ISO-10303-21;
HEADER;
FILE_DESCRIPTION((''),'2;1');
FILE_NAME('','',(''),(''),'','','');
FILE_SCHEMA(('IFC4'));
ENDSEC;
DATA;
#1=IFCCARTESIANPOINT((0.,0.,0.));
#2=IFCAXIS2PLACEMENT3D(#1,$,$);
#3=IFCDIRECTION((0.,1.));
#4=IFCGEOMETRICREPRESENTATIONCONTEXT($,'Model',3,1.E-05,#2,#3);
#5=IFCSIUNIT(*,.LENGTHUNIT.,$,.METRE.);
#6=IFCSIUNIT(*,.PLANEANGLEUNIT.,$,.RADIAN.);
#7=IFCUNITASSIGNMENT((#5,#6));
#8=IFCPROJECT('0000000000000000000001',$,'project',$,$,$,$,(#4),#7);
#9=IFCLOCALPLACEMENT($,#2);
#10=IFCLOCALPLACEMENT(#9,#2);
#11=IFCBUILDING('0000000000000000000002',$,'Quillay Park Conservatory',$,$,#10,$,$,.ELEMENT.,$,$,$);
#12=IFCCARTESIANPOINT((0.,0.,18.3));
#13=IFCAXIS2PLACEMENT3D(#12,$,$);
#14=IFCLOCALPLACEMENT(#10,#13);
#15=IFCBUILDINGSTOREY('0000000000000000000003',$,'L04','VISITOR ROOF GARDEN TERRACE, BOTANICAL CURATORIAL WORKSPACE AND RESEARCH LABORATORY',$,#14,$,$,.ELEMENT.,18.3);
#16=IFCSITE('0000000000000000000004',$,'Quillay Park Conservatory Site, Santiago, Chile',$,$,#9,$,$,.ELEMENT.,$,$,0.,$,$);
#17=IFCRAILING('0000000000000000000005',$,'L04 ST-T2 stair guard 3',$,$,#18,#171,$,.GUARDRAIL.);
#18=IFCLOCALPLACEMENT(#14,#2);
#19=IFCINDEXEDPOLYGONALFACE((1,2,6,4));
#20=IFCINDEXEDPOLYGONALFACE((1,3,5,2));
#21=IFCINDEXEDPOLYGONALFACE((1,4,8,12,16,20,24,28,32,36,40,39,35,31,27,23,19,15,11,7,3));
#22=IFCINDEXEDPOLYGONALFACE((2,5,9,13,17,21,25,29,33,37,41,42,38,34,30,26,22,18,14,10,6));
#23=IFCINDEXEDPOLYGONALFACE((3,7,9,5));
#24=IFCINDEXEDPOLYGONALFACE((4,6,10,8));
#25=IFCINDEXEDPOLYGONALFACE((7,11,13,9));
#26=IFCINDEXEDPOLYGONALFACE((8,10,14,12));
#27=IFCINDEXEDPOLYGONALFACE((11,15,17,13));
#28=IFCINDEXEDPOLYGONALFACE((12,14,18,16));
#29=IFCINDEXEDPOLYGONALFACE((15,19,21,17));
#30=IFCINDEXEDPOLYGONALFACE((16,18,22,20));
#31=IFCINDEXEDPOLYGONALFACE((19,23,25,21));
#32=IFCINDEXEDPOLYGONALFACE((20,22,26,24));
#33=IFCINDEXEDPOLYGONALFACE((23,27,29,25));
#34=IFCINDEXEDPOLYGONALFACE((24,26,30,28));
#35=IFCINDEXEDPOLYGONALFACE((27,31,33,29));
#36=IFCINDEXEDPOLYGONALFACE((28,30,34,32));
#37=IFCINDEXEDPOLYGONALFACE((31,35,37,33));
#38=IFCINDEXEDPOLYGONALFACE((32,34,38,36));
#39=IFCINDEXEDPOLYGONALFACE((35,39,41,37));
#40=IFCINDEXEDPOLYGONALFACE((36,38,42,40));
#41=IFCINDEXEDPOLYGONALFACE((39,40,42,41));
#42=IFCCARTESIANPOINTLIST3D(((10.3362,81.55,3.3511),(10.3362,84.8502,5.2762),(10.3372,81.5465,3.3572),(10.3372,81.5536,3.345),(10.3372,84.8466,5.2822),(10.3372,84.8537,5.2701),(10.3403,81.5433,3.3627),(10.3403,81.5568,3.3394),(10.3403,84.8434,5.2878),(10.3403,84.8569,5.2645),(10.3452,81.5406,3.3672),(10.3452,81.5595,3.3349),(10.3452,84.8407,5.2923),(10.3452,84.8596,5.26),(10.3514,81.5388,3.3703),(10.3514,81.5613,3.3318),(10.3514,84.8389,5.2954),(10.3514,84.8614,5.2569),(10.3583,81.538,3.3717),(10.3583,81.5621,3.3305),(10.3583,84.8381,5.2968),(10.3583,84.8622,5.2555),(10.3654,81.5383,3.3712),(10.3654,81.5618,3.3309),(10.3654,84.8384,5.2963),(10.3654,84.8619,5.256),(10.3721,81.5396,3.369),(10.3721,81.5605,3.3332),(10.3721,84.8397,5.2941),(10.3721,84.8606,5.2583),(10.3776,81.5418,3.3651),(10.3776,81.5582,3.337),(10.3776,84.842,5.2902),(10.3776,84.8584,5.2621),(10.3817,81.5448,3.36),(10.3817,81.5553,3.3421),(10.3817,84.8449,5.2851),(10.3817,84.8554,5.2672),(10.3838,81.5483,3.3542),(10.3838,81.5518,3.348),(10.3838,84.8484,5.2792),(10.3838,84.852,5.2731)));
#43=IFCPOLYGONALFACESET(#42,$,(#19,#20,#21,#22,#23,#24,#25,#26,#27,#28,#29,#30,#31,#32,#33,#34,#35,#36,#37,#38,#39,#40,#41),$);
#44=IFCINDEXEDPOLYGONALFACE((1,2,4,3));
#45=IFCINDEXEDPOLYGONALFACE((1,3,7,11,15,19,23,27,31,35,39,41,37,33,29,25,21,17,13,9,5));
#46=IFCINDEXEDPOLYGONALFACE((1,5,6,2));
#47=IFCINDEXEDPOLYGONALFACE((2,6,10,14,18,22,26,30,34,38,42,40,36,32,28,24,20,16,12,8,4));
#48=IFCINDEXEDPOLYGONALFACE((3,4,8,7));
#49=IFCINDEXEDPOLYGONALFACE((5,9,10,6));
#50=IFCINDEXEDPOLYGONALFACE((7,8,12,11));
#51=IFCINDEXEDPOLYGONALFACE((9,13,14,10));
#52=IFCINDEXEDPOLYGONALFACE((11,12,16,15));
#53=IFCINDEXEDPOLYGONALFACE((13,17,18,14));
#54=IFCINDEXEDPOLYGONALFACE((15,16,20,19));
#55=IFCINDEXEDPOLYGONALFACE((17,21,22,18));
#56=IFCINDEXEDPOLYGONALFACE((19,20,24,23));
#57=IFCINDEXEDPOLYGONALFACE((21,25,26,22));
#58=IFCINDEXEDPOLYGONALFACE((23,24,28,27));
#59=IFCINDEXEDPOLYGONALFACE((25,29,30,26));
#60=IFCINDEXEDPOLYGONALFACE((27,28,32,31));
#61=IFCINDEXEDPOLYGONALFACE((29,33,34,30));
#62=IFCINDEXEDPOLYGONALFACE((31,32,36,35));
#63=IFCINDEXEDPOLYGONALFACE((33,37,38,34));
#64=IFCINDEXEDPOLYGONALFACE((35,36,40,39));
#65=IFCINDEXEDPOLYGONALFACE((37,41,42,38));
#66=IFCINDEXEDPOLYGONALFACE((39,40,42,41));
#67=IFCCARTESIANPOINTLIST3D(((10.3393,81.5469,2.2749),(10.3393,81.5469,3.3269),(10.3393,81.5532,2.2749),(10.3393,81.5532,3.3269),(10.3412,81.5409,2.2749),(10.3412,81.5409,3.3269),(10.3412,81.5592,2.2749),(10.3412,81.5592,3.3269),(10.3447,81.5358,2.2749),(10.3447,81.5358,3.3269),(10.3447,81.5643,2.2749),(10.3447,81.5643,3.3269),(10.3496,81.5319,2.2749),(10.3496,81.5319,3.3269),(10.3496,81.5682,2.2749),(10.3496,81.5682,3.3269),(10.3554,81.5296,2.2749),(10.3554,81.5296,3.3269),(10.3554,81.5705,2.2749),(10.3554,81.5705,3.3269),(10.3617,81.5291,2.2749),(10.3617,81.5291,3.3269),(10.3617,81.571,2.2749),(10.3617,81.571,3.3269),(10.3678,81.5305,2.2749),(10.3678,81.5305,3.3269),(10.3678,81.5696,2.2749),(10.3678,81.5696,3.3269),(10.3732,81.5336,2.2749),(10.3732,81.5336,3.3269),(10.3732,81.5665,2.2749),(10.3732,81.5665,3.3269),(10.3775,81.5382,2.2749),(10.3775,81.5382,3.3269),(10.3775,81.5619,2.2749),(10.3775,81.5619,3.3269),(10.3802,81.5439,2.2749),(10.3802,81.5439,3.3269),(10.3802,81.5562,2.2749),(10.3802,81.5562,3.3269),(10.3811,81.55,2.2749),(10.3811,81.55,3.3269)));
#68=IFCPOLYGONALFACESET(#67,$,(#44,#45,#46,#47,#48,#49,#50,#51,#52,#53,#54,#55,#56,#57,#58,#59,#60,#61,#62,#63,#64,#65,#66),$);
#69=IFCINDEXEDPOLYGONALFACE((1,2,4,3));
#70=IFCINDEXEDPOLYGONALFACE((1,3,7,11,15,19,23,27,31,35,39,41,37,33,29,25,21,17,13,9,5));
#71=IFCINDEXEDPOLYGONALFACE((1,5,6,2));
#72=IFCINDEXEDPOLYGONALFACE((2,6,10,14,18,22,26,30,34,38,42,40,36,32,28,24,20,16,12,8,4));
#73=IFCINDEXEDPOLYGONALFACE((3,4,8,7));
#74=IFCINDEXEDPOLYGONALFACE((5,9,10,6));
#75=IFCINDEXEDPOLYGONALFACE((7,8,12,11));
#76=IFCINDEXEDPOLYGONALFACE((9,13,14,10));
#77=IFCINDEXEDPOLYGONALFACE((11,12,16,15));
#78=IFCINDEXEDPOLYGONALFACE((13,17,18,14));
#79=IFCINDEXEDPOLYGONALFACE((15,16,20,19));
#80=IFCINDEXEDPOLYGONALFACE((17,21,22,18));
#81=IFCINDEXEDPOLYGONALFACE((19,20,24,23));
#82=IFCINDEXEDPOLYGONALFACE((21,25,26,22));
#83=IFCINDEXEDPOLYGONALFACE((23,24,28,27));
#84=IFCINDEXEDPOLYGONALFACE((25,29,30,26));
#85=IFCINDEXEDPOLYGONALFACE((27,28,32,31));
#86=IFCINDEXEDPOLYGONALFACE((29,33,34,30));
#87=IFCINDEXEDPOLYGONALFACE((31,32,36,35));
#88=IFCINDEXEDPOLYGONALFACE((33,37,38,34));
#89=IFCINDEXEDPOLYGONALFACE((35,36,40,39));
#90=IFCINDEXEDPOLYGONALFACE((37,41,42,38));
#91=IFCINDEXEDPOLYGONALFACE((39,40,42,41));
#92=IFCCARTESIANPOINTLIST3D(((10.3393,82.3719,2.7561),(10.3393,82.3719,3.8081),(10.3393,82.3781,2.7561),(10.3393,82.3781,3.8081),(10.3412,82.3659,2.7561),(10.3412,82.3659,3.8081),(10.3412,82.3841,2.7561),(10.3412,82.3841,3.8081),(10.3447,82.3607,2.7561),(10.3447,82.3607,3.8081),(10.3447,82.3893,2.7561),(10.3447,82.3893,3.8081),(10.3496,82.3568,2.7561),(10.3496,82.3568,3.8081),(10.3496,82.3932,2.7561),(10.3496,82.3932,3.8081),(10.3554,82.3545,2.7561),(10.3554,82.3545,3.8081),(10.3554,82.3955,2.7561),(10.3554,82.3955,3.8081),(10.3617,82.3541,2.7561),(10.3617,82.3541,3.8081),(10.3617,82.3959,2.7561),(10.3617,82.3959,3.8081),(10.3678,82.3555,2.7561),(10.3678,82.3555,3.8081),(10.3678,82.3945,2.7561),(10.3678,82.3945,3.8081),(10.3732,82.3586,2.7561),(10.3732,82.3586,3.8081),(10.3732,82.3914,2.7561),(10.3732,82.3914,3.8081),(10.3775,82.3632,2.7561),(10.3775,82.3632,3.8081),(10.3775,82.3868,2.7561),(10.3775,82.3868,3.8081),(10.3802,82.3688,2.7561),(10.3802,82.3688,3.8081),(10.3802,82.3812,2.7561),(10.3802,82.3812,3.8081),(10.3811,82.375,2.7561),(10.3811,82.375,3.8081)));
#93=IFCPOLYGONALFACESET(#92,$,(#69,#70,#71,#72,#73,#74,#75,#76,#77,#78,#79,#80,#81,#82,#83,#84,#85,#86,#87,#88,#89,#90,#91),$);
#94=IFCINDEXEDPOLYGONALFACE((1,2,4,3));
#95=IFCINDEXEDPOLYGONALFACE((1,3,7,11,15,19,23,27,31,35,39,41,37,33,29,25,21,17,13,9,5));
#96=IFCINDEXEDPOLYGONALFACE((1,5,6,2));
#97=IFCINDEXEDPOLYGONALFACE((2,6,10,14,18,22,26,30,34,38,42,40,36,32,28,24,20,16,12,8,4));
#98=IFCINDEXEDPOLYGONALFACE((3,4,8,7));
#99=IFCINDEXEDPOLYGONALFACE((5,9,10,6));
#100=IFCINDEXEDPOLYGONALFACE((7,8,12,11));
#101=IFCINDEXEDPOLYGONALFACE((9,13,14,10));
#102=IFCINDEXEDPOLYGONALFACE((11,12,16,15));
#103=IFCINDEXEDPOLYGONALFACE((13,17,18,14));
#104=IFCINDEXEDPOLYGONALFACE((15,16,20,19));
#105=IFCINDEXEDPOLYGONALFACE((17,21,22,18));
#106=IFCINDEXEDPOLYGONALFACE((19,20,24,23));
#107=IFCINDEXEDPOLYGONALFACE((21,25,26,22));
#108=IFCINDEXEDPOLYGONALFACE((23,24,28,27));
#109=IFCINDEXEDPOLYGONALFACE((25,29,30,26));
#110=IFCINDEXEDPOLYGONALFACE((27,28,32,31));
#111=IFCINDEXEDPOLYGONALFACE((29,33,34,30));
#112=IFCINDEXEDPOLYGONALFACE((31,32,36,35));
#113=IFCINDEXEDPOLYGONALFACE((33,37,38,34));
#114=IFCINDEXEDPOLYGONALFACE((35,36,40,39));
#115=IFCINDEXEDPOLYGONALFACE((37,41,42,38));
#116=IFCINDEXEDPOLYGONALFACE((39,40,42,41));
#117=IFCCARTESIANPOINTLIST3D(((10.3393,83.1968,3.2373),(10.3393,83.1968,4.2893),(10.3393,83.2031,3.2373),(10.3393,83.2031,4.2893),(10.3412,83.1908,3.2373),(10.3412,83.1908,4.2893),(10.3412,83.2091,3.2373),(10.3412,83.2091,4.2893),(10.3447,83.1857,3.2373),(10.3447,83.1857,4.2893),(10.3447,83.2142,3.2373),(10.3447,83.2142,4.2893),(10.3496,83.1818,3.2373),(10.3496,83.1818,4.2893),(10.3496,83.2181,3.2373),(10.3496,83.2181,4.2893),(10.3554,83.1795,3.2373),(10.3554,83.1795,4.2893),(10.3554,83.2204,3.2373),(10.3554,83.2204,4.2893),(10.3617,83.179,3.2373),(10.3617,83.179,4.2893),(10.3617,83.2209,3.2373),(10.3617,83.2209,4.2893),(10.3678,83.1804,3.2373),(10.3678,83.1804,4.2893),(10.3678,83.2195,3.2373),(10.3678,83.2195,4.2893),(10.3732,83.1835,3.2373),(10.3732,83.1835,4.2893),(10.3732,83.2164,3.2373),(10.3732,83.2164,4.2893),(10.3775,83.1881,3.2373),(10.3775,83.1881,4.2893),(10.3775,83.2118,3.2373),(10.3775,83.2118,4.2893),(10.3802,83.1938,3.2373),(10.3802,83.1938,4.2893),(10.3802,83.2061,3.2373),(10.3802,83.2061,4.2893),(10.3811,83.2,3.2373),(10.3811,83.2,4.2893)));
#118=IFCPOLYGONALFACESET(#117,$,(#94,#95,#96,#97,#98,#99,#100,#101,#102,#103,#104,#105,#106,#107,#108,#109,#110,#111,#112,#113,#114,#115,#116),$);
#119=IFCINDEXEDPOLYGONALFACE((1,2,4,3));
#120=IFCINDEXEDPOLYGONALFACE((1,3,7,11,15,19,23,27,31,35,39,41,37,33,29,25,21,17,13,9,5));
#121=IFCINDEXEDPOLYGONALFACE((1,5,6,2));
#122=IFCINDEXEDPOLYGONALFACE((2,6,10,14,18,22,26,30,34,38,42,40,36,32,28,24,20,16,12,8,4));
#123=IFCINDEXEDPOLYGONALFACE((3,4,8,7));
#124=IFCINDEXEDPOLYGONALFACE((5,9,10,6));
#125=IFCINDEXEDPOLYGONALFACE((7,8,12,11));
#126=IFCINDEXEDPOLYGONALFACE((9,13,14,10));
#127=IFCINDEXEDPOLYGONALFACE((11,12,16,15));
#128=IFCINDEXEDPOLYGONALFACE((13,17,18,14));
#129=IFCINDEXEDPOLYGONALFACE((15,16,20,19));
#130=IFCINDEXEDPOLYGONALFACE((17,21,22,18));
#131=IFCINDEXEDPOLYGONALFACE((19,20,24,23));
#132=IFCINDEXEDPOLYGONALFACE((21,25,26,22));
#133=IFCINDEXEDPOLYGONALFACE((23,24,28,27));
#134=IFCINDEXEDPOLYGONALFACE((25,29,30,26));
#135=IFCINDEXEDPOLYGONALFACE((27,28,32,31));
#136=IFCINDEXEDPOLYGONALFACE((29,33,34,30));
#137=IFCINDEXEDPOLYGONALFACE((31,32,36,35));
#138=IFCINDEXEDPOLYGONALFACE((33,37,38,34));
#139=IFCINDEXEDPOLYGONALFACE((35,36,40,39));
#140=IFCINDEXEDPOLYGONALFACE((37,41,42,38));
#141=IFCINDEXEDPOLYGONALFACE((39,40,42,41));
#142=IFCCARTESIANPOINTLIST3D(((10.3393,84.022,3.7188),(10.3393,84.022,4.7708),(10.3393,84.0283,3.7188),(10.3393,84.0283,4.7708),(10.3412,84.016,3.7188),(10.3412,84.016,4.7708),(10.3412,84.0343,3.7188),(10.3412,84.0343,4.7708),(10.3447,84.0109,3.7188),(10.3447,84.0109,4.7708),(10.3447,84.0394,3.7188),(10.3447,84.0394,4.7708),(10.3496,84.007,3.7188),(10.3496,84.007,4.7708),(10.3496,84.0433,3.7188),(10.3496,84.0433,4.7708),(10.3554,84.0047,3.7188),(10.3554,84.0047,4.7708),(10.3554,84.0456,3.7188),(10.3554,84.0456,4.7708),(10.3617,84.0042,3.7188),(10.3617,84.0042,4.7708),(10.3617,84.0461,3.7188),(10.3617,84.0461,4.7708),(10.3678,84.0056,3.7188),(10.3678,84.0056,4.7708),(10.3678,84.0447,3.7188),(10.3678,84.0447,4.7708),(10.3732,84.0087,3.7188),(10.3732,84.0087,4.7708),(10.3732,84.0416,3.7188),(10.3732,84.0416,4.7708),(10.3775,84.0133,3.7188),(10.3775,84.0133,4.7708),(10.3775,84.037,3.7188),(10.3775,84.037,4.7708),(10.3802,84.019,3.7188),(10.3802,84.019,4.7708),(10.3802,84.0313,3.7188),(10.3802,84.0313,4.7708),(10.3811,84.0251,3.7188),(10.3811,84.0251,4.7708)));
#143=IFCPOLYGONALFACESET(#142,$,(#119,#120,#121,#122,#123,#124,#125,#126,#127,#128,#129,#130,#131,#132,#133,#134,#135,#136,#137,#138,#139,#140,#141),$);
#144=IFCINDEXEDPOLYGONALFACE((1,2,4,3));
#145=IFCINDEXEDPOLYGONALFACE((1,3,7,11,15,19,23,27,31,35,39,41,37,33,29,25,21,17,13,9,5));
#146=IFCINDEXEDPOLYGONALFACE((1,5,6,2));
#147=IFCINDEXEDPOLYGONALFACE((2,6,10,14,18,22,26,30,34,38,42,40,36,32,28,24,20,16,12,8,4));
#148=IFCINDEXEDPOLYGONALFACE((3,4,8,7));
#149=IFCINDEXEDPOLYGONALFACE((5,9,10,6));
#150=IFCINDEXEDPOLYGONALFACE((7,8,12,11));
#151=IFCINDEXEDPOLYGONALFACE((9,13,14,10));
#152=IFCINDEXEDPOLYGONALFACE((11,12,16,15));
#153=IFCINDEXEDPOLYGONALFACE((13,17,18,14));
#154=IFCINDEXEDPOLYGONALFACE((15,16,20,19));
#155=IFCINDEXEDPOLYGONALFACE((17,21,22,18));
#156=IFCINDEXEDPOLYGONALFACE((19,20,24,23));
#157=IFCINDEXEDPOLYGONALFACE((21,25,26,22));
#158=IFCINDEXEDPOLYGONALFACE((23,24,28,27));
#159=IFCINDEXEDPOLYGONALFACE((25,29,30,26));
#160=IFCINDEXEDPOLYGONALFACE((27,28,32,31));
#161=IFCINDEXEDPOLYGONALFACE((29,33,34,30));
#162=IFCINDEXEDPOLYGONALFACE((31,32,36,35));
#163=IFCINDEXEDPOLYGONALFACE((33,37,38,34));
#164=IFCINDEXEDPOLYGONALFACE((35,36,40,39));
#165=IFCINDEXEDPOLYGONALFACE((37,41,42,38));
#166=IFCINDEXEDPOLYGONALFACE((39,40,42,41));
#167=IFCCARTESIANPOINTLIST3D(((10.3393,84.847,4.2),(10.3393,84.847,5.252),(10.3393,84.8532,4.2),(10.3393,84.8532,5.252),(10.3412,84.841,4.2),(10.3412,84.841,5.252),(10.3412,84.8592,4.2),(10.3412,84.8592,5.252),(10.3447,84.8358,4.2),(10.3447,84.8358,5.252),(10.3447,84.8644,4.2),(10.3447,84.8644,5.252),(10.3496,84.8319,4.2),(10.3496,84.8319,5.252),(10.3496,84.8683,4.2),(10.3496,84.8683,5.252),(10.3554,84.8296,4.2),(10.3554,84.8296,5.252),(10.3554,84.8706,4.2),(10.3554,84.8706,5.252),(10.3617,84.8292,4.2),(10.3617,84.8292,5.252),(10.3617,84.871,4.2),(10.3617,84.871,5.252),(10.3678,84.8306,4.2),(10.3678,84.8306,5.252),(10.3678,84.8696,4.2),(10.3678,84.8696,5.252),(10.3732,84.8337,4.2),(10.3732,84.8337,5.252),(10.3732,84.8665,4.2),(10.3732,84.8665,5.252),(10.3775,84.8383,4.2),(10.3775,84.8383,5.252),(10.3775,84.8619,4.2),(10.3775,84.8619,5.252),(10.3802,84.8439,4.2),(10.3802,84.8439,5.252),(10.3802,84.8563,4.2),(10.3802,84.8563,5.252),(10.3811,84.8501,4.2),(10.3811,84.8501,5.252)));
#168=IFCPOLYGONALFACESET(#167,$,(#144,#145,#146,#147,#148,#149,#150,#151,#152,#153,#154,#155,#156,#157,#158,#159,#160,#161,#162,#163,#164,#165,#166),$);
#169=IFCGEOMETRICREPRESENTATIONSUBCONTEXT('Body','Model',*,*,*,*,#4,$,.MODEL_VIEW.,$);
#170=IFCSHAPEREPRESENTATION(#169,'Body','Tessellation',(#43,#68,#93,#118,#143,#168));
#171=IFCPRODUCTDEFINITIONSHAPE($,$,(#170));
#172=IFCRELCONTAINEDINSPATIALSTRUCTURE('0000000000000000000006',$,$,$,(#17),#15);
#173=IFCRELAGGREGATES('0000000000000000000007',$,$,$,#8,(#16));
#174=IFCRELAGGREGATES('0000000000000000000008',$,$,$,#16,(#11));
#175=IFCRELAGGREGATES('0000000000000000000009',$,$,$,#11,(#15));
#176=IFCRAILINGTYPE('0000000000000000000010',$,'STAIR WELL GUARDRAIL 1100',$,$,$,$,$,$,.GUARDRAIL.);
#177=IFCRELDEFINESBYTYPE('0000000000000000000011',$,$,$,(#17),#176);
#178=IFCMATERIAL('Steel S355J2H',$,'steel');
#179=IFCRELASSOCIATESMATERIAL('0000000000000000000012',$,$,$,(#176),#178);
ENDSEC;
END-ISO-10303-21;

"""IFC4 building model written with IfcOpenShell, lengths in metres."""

from ifc_helpers import new_model, si_unit, direction, frame, origin, origin_2d, place, context, subcontext, project, spatial, circle, extrude, material, type_object, element, save


model = new_model("IFC4")

# Units and contexts
model_context = context("Model", 3, precision=1e-05, world=origin(), true_north=direction((0.0, 1.0)))
body_context = subcontext(model_context, "Body", "Model", "MODEL_VIEW")
ifc_project = project(units=[si_unit("LENGTHUNIT", "METRE"), si_unit("PLANEANGLEUNIT", "RADIAN")], contexts=[model_context])

# Site, building, storey
site_placement = place(None, origin())
site = spatial("IfcSite", under=ifc_project, at=site_placement, Name="Quillay Park Conservatory Site, Santiago, Chile", CompositionType="ELEMENT", RefElevation=0.0)
building_placement = place(site_placement, origin())
building = spatial("IfcBuilding", under=site, at=building_placement, Name="Quillay Park Conservatory", CompositionType="ELEMENT")
storey_placement = place(building_placement, frame((0.0, 0.0, 18.3)))
storey = spatial("IfcBuildingStorey", under=building, at=storey_placement, Name="L04", Description="VISITOR ROOF GARDEN TERRACE, BOTANICAL CURATORIAL WORKSPACE AND RESEARCH LABORATORY", CompositionType="ELEMENT", Elevation=18.3)

# Railing
ifc_material_1 = material(Name="Steel S355J2H", Category="steel")
railing_type_1 = type_object("IfcRailingType", Name="STAIR WELL GUARDRAIL 1100", PredefinedType="GUARDRAIL", material=ifc_material_1)
railing_1_placement = place(storey_placement, frame((10.3601, 81.55, 2.2749)))
element("IfcRailing", 1, at=railing_1_placement, inside=storey, type_object=railing_type_1, Name="L04 ST-T2 stair guard 3", PredefinedType="GUARDRAIL", context=body_context, shape_type="SweptSolid", body=[
    extrude(circle(Radius=0.0239, at=origin_2d()), frame((0.0, 0.0, 1.0762), z_axis=(0.0, 0.863777, 0.503875), x_axis=(-1.0, 0.0, 0.0)), (0.0, 0.0, 1.0), 3.8206),
    extrude(circle(Radius=0.021, at=origin_2d()), origin(), (0.0, 0.0, 1.0), 1.052),
    extrude(circle(Radius=0.021, at=origin_2d()), frame((0.0, 0.825, 0.4812)), (0.0, 0.0, 1.0), 1.052),
    extrude(circle(Radius=0.021, at=origin_2d()), frame((0.0, 1.6499, 0.9624)), (0.0, 0.0, 1.0), 1.052),
    extrude(circle(Radius=0.021, at=origin_2d()), frame((0.0, 2.4751, 1.4438)), (0.0, 0.0, 1.0), 1.052),
    extrude(circle(Radius=0.021, at=origin_2d()), frame((0.0, 3.3, 1.925)), (0.0, 0.0, 1.0), 1.052),
])

save(model, "model.ifc")
